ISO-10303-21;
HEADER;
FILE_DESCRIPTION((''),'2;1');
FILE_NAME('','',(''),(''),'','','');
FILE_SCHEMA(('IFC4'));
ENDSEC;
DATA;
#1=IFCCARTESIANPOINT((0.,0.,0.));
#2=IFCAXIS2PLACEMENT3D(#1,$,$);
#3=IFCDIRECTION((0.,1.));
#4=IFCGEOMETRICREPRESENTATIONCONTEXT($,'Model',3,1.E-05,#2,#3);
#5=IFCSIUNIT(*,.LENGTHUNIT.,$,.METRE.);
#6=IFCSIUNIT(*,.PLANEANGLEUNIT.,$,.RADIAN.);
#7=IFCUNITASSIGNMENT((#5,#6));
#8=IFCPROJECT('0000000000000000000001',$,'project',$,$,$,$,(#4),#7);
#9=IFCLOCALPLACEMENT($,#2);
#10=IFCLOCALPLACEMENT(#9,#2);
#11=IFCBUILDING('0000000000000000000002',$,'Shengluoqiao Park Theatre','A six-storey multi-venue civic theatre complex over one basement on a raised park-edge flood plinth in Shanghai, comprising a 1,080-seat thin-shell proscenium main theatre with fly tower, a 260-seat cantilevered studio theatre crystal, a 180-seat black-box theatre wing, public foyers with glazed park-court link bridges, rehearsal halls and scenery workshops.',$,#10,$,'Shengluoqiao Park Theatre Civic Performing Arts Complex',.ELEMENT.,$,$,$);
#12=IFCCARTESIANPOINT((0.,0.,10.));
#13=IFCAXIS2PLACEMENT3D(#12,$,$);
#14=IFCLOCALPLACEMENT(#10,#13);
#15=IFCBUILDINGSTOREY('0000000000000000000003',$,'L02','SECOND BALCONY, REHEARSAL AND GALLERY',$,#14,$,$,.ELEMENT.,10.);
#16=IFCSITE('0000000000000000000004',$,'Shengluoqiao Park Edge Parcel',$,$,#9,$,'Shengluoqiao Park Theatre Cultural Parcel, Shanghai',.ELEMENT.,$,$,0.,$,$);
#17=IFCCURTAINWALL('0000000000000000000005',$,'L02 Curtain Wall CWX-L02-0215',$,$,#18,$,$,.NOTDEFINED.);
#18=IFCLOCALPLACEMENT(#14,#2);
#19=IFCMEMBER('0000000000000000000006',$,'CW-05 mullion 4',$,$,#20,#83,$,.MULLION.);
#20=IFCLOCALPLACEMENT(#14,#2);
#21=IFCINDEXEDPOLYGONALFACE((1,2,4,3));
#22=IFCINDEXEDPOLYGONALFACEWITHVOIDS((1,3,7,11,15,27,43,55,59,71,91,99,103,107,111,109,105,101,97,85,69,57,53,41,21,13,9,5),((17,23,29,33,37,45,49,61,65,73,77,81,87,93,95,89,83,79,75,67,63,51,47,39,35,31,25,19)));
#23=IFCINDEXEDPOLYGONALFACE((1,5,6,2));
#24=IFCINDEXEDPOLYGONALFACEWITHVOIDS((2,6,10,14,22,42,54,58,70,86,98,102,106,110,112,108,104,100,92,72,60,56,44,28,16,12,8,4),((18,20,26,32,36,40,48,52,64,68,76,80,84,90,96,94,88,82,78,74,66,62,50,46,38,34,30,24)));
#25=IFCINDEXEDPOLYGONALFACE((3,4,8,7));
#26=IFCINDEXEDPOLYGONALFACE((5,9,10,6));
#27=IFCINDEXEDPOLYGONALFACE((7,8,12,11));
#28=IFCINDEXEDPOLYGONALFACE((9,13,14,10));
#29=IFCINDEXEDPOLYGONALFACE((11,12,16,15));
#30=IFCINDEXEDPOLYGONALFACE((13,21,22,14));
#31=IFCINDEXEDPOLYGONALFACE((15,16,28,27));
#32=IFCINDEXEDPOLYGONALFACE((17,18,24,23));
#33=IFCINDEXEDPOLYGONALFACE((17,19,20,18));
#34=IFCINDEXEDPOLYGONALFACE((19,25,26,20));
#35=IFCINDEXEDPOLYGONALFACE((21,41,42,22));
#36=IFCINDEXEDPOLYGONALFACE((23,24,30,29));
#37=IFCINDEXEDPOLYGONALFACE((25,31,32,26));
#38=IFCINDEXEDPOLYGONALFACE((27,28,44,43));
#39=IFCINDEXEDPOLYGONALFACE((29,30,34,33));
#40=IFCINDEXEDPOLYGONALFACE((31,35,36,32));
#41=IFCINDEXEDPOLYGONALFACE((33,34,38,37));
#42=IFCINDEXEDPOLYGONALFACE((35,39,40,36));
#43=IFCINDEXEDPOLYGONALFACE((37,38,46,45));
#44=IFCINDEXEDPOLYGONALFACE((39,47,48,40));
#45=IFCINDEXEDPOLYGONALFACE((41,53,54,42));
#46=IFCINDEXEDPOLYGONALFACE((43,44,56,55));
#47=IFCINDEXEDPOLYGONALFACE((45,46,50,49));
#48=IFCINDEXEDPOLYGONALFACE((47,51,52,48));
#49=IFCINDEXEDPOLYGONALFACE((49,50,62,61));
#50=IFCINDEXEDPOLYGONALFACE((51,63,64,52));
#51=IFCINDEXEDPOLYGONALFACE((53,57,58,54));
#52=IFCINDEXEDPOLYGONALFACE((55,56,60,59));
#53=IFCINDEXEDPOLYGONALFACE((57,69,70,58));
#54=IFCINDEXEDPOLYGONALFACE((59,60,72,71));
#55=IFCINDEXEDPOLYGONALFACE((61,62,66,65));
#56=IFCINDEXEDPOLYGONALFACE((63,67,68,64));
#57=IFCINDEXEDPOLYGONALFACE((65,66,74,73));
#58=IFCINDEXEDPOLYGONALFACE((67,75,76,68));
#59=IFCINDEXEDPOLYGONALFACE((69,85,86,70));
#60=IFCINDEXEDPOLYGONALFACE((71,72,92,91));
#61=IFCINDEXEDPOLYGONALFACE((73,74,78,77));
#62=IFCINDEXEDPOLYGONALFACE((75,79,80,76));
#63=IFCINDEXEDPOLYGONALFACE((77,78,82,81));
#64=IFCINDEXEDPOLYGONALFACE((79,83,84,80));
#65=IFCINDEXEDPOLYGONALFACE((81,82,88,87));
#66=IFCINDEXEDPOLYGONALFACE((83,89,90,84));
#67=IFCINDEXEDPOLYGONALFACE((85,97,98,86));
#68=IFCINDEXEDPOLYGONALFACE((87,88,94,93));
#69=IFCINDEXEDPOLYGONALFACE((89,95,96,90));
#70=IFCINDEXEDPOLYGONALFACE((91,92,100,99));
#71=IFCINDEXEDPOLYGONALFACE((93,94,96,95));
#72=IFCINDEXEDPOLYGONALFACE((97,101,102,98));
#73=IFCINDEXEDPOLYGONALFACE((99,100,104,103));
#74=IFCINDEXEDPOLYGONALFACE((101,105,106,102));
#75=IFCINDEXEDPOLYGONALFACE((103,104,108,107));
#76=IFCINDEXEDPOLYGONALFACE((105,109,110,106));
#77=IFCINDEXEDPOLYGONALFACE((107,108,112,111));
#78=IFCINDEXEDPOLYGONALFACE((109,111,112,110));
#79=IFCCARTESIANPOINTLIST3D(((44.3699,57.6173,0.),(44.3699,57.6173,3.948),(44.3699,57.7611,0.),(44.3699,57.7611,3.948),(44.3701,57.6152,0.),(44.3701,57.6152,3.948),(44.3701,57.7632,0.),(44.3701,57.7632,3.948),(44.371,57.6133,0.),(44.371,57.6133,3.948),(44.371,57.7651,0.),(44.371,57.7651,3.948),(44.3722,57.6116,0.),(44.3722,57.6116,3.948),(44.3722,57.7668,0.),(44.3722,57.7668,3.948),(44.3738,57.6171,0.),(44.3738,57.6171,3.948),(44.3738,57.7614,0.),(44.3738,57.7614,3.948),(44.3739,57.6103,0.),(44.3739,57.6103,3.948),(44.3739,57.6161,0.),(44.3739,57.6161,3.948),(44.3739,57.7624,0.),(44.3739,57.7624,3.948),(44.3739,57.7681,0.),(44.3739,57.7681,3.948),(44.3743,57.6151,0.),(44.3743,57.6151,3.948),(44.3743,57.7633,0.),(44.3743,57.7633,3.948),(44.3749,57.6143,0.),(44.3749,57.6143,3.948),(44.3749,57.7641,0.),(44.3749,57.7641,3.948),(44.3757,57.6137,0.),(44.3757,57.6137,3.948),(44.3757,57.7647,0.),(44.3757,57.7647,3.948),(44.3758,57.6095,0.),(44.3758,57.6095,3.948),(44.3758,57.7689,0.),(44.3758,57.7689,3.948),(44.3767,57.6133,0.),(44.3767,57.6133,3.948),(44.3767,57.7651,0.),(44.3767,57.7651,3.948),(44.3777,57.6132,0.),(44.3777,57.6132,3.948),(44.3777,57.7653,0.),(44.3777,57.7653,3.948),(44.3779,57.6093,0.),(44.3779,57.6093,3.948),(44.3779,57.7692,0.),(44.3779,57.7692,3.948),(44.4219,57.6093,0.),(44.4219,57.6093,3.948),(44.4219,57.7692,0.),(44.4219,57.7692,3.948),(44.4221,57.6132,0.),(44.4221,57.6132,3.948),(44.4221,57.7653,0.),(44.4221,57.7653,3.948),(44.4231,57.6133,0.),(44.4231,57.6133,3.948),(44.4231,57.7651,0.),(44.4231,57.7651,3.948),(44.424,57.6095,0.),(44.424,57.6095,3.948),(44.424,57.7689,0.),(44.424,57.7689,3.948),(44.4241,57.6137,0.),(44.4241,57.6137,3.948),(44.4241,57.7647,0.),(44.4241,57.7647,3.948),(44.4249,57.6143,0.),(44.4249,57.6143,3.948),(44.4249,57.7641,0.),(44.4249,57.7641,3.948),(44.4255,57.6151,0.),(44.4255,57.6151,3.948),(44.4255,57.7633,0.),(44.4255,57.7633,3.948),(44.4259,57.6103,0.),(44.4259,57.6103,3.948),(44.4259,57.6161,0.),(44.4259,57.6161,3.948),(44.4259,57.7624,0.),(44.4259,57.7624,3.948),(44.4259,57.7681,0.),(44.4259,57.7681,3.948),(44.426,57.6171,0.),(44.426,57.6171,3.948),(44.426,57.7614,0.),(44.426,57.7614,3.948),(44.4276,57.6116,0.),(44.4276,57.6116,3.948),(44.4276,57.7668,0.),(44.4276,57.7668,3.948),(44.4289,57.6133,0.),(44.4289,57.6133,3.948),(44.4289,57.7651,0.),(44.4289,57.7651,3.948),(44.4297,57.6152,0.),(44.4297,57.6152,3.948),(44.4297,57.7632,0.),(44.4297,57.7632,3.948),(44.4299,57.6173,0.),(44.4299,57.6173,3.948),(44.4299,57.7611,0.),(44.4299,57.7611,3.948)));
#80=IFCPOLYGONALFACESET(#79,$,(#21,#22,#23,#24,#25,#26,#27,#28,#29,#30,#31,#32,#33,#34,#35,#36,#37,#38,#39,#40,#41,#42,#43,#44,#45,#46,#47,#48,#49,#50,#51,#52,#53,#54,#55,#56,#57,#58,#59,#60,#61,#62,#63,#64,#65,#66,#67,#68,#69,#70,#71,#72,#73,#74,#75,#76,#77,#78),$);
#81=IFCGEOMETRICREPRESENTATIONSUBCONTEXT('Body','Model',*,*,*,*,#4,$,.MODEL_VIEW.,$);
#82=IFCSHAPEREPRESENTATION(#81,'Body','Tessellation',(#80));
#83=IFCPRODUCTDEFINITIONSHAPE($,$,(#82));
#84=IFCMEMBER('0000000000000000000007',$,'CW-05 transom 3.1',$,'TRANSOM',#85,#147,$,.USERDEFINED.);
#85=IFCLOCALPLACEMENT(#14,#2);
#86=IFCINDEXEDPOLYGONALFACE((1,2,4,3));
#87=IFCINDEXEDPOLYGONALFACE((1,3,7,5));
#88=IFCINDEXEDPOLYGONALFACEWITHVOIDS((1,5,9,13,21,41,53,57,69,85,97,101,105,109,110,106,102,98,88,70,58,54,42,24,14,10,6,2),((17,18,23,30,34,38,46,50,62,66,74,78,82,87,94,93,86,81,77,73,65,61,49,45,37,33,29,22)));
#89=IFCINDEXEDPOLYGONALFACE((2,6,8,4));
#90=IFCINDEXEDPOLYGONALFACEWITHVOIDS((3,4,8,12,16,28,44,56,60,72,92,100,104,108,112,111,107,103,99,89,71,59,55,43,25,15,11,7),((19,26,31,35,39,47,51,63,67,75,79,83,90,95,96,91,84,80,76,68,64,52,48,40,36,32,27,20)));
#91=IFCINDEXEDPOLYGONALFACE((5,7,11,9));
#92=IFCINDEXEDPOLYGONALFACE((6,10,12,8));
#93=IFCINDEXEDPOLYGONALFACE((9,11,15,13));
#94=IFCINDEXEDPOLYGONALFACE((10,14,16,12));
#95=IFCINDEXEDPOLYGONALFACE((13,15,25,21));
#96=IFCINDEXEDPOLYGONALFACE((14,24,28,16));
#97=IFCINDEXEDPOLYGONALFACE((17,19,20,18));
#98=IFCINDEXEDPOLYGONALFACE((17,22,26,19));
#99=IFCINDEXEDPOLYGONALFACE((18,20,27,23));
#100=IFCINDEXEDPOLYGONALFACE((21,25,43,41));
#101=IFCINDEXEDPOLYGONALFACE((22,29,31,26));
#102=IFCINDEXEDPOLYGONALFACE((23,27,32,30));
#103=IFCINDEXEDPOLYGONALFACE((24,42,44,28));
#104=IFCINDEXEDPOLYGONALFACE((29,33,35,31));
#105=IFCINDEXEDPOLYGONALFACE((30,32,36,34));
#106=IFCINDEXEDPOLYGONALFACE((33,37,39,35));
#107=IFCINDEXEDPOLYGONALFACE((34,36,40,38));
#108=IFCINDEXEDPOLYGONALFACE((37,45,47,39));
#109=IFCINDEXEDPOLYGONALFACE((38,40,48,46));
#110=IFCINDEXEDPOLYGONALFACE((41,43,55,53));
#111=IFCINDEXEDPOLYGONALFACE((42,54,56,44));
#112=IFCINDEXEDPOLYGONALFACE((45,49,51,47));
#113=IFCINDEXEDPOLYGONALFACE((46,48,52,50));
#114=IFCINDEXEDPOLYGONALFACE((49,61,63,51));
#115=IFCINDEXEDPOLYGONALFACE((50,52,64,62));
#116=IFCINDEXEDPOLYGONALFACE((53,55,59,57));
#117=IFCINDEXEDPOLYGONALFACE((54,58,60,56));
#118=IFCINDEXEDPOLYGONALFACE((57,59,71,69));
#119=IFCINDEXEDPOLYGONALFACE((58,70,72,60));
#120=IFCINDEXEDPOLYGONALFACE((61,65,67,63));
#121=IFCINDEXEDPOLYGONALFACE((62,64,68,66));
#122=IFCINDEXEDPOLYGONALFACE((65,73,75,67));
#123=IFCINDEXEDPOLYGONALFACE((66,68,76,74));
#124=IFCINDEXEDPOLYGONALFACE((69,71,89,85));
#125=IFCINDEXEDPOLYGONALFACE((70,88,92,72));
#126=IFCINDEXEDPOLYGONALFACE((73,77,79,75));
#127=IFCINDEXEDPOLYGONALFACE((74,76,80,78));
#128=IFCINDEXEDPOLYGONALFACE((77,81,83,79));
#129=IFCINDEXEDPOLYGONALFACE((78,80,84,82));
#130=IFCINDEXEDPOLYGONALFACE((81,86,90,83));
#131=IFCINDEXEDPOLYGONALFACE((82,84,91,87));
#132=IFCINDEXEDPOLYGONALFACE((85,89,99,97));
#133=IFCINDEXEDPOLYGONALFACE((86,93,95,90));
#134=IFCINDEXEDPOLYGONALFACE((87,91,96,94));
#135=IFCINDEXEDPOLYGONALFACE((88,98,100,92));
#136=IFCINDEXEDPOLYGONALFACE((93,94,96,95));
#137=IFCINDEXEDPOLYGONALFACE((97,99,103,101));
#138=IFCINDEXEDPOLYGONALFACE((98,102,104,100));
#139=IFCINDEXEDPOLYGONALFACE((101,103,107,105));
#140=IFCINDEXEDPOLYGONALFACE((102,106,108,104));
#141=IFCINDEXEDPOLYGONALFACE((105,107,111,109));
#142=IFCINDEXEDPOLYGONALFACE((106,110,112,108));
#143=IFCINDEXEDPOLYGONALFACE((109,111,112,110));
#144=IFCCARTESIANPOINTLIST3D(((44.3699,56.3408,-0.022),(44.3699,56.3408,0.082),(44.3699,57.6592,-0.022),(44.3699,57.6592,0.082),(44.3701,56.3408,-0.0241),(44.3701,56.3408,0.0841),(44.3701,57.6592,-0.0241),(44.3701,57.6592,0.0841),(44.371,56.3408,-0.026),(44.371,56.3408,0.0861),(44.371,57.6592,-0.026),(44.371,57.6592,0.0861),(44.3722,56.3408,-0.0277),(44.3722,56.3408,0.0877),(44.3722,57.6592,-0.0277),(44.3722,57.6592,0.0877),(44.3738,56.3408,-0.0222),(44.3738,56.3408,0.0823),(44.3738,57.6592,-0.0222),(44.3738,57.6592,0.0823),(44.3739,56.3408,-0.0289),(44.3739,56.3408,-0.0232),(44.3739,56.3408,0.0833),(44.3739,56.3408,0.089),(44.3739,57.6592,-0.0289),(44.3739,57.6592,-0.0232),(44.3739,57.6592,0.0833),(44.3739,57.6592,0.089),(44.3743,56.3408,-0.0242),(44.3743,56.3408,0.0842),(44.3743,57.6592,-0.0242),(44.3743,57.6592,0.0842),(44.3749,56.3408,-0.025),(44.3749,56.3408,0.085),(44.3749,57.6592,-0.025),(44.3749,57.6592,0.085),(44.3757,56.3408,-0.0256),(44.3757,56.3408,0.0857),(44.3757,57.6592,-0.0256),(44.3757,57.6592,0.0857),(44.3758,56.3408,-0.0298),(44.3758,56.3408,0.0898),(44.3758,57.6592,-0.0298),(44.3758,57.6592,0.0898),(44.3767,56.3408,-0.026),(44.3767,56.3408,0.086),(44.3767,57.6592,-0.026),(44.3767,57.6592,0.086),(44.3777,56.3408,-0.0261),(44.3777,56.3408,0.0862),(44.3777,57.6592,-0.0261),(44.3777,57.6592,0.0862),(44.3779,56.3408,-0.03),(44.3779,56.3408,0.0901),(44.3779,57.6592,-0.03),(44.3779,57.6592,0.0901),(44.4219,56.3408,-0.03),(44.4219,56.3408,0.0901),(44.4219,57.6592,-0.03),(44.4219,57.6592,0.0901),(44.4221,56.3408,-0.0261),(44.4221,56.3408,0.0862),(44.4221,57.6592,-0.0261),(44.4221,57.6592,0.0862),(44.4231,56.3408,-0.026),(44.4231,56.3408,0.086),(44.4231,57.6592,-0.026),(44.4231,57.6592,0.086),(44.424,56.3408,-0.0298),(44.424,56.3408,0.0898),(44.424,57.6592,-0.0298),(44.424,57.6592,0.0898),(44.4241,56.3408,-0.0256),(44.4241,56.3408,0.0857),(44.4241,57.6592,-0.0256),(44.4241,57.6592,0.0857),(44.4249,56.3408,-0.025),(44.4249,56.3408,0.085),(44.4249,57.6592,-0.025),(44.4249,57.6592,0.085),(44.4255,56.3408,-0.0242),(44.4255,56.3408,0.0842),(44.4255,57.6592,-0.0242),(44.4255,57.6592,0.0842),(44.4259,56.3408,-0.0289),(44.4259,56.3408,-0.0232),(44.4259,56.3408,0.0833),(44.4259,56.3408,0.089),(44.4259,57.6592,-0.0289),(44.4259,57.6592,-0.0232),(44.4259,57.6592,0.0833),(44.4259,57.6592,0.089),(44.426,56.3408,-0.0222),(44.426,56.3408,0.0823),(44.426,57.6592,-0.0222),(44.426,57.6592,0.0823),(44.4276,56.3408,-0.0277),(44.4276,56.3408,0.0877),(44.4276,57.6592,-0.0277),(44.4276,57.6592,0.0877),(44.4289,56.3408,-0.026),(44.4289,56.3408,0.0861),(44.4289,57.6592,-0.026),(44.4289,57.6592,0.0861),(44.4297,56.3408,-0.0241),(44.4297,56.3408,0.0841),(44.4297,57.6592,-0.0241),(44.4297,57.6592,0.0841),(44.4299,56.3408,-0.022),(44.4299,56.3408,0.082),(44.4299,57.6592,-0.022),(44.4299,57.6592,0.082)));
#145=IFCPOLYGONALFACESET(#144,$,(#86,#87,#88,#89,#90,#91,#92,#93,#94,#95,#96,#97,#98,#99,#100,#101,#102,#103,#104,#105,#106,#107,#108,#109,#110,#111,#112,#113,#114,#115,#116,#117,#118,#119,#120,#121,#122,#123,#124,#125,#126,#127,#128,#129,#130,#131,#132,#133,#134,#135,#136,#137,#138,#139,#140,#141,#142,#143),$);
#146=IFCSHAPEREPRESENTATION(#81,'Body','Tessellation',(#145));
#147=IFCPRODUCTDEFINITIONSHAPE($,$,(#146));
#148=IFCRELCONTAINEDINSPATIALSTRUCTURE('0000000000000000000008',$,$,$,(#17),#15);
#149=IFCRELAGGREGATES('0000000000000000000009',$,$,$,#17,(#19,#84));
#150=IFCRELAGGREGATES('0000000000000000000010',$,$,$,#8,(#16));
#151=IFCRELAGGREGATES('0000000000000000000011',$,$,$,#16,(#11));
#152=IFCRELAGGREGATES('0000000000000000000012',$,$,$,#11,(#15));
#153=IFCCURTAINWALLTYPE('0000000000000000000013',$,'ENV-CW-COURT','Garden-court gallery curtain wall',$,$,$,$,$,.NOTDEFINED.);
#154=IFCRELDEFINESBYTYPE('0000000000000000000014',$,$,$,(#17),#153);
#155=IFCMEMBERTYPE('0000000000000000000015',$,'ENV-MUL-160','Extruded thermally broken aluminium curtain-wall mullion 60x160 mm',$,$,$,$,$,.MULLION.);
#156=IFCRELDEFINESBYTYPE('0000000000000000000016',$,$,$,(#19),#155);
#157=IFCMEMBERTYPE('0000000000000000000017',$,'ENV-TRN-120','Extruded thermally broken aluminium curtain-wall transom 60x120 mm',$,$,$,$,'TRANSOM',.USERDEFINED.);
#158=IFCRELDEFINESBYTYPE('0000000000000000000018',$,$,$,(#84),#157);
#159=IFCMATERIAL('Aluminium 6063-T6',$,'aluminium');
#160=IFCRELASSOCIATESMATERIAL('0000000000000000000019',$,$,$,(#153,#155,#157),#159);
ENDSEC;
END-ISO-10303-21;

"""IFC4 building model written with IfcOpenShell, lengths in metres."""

from ifc_helpers import new_model, si_unit, direction, frame, origin, origin_2d, place, context, subcontext, project, spatial, hollow_rectangle, extrude, material, material_profile, profile_set, type_object, element, aggregate, save


model = new_model("IFC4")

# Units and contexts
model_context = context("Model", 3, precision=1e-05, world=origin(), true_north=direction((0.0, 1.0)))
body_context = subcontext(model_context, "Body", "Model", "MODEL_VIEW")
ifc_project = project(units=[si_unit("LENGTHUNIT", "METRE"), si_unit("PLANEANGLEUNIT", "RADIAN")], contexts=[model_context])

# Site, building, storey
site_placement = place(None, origin())
site = spatial("IfcSite", under=ifc_project, at=site_placement, Name="Shengluoqiao Park Edge Parcel", LongName="Shengluoqiao Park Theatre Cultural Parcel, Shanghai", CompositionType="ELEMENT", RefElevation=0.0)
building_placement = place(site_placement, origin())
building = spatial("IfcBuilding", under=site, at=building_placement, Name="Shengluoqiao Park Theatre", Description="A six-storey multi-venue civic theatre complex over one basement on a raised park-edge flood plinth in Shanghai, comprising a 1,080-seat thin-shell proscenium main theatre with fly tower, a 260-seat cantilevered studio theatre crystal, a 180-seat black-box theatre wing, public foyers with glazed park-court link bridges, rehearsal halls and scenery workshops.", LongName="Shengluoqiao Park Theatre Civic Performing Arts Complex", CompositionType="ELEMENT")
storey_placement = place(building_placement, frame((0.0, 0.0, 10.0)))
storey = spatial("IfcBuildingStorey", under=building, at=storey_placement, Name="L02", Description="SECOND BALCONY, REHEARSAL AND GALLERY", CompositionType="ELEMENT", Elevation=10.0)

# Curtain wall, members
ifc_material_1 = material(Name="Aluminium 6063-T6", Category="aluminium")
curtain_wall_type = type_object("IfcCurtainWallType", Name="ENV-CW-COURT", Description="Garden-court gallery curtain wall", PredefinedType="NOTDEFINED", material=ifc_material_1)
curtain_wall_placement = place(storey_placement, origin())
curtain_wall = element("IfcCurtainWall", 1, at=curtain_wall_placement, inside=storey, type_object=curtain_wall_type, Name="L02 Curtain Wall CWX-L02-0215", PredefinedType="NOTDEFINED")
ifc_material_profile_1 = material_profile(ifc_material_1, hollow_rectangle(XDim=0.0601, YDim=0.1599, WallThickness=0.0039, InnerFilletRadius=0.0039, OuterFilletRadius=0.0081, at=origin_2d()), Name="ALU MULLION 160x60x4")
ifc_profile_set_1 = profile_set([ifc_material_profile_1], Name="Aluminium 6063-T6")
member_type_1 = type_object("IfcMemberType", Name="ENV-MUL-160", Description="Extruded thermally broken aluminium curtain-wall mullion 60x160 mm", PredefinedType="MULLION", material=ifc_profile_set_1)
member_1_placement = place(storey_placement, frame((44.3999, 57.6892, 0.0), z_axis=(0.0, 0.0, 1.0), x_axis=(-1.0, 0.0, 0.0)))
member_1 = element("IfcMember", 2, at=member_1_placement, type_object=member_type_1, Name="CW-05 mullion 4", PredefinedType="MULLION", context=body_context, shape_type="SweptSolid", body=[
    extrude(hollow_rectangle(XDim=0.0601, YDim=0.1599, WallThickness=0.0039, InnerFilletRadius=0.0039, OuterFilletRadius=0.0081, at=origin_2d()), origin(), (0.0, 0.0, 1.0), 3.948),
])
ifc_material_profile_2 = material_profile(ifc_material_1, hollow_rectangle(XDim=0.0601, YDim=0.1201, WallThickness=0.0039, InnerFilletRadius=0.0039, OuterFilletRadius=0.0081, at=origin_2d()), Name="ALU TRANSOM 120x60x4")
ifc_profile_set_2 = profile_set([ifc_material_profile_2], Name="Aluminium 6063-T6")
member_type_2 = type_object("IfcMemberType", Name="ENV-TRN-120", Description="Extruded thermally broken aluminium curtain-wall transom 60x120 mm", ElementType="TRANSOM", PredefinedType="USERDEFINED", material=ifc_profile_set_2)
member_2_placement = place(storey_placement, frame((44.3999, 56.3408, 0.03), z_axis=(0.0, 1.0, 0.0), x_axis=(-1.0, 0.0, 0.0)))
member_2 = element("IfcMember", 3, at=member_2_placement, type_object=member_type_2, Name="CW-05 transom 3.1", ObjectType="TRANSOM", PredefinedType="USERDEFINED", context=body_context, shape_type="SweptSolid", body=[
    extrude(hollow_rectangle(XDim=0.0601, YDim=0.1201, WallThickness=0.0039, InnerFilletRadius=0.0039, OuterFilletRadius=0.0081, at=origin_2d()), origin(), (0.0, 0.0, 1.0), 1.3184),
])

aggregate(curtain_wall, [member_1, member_2])

save(model, "model.ifc")
